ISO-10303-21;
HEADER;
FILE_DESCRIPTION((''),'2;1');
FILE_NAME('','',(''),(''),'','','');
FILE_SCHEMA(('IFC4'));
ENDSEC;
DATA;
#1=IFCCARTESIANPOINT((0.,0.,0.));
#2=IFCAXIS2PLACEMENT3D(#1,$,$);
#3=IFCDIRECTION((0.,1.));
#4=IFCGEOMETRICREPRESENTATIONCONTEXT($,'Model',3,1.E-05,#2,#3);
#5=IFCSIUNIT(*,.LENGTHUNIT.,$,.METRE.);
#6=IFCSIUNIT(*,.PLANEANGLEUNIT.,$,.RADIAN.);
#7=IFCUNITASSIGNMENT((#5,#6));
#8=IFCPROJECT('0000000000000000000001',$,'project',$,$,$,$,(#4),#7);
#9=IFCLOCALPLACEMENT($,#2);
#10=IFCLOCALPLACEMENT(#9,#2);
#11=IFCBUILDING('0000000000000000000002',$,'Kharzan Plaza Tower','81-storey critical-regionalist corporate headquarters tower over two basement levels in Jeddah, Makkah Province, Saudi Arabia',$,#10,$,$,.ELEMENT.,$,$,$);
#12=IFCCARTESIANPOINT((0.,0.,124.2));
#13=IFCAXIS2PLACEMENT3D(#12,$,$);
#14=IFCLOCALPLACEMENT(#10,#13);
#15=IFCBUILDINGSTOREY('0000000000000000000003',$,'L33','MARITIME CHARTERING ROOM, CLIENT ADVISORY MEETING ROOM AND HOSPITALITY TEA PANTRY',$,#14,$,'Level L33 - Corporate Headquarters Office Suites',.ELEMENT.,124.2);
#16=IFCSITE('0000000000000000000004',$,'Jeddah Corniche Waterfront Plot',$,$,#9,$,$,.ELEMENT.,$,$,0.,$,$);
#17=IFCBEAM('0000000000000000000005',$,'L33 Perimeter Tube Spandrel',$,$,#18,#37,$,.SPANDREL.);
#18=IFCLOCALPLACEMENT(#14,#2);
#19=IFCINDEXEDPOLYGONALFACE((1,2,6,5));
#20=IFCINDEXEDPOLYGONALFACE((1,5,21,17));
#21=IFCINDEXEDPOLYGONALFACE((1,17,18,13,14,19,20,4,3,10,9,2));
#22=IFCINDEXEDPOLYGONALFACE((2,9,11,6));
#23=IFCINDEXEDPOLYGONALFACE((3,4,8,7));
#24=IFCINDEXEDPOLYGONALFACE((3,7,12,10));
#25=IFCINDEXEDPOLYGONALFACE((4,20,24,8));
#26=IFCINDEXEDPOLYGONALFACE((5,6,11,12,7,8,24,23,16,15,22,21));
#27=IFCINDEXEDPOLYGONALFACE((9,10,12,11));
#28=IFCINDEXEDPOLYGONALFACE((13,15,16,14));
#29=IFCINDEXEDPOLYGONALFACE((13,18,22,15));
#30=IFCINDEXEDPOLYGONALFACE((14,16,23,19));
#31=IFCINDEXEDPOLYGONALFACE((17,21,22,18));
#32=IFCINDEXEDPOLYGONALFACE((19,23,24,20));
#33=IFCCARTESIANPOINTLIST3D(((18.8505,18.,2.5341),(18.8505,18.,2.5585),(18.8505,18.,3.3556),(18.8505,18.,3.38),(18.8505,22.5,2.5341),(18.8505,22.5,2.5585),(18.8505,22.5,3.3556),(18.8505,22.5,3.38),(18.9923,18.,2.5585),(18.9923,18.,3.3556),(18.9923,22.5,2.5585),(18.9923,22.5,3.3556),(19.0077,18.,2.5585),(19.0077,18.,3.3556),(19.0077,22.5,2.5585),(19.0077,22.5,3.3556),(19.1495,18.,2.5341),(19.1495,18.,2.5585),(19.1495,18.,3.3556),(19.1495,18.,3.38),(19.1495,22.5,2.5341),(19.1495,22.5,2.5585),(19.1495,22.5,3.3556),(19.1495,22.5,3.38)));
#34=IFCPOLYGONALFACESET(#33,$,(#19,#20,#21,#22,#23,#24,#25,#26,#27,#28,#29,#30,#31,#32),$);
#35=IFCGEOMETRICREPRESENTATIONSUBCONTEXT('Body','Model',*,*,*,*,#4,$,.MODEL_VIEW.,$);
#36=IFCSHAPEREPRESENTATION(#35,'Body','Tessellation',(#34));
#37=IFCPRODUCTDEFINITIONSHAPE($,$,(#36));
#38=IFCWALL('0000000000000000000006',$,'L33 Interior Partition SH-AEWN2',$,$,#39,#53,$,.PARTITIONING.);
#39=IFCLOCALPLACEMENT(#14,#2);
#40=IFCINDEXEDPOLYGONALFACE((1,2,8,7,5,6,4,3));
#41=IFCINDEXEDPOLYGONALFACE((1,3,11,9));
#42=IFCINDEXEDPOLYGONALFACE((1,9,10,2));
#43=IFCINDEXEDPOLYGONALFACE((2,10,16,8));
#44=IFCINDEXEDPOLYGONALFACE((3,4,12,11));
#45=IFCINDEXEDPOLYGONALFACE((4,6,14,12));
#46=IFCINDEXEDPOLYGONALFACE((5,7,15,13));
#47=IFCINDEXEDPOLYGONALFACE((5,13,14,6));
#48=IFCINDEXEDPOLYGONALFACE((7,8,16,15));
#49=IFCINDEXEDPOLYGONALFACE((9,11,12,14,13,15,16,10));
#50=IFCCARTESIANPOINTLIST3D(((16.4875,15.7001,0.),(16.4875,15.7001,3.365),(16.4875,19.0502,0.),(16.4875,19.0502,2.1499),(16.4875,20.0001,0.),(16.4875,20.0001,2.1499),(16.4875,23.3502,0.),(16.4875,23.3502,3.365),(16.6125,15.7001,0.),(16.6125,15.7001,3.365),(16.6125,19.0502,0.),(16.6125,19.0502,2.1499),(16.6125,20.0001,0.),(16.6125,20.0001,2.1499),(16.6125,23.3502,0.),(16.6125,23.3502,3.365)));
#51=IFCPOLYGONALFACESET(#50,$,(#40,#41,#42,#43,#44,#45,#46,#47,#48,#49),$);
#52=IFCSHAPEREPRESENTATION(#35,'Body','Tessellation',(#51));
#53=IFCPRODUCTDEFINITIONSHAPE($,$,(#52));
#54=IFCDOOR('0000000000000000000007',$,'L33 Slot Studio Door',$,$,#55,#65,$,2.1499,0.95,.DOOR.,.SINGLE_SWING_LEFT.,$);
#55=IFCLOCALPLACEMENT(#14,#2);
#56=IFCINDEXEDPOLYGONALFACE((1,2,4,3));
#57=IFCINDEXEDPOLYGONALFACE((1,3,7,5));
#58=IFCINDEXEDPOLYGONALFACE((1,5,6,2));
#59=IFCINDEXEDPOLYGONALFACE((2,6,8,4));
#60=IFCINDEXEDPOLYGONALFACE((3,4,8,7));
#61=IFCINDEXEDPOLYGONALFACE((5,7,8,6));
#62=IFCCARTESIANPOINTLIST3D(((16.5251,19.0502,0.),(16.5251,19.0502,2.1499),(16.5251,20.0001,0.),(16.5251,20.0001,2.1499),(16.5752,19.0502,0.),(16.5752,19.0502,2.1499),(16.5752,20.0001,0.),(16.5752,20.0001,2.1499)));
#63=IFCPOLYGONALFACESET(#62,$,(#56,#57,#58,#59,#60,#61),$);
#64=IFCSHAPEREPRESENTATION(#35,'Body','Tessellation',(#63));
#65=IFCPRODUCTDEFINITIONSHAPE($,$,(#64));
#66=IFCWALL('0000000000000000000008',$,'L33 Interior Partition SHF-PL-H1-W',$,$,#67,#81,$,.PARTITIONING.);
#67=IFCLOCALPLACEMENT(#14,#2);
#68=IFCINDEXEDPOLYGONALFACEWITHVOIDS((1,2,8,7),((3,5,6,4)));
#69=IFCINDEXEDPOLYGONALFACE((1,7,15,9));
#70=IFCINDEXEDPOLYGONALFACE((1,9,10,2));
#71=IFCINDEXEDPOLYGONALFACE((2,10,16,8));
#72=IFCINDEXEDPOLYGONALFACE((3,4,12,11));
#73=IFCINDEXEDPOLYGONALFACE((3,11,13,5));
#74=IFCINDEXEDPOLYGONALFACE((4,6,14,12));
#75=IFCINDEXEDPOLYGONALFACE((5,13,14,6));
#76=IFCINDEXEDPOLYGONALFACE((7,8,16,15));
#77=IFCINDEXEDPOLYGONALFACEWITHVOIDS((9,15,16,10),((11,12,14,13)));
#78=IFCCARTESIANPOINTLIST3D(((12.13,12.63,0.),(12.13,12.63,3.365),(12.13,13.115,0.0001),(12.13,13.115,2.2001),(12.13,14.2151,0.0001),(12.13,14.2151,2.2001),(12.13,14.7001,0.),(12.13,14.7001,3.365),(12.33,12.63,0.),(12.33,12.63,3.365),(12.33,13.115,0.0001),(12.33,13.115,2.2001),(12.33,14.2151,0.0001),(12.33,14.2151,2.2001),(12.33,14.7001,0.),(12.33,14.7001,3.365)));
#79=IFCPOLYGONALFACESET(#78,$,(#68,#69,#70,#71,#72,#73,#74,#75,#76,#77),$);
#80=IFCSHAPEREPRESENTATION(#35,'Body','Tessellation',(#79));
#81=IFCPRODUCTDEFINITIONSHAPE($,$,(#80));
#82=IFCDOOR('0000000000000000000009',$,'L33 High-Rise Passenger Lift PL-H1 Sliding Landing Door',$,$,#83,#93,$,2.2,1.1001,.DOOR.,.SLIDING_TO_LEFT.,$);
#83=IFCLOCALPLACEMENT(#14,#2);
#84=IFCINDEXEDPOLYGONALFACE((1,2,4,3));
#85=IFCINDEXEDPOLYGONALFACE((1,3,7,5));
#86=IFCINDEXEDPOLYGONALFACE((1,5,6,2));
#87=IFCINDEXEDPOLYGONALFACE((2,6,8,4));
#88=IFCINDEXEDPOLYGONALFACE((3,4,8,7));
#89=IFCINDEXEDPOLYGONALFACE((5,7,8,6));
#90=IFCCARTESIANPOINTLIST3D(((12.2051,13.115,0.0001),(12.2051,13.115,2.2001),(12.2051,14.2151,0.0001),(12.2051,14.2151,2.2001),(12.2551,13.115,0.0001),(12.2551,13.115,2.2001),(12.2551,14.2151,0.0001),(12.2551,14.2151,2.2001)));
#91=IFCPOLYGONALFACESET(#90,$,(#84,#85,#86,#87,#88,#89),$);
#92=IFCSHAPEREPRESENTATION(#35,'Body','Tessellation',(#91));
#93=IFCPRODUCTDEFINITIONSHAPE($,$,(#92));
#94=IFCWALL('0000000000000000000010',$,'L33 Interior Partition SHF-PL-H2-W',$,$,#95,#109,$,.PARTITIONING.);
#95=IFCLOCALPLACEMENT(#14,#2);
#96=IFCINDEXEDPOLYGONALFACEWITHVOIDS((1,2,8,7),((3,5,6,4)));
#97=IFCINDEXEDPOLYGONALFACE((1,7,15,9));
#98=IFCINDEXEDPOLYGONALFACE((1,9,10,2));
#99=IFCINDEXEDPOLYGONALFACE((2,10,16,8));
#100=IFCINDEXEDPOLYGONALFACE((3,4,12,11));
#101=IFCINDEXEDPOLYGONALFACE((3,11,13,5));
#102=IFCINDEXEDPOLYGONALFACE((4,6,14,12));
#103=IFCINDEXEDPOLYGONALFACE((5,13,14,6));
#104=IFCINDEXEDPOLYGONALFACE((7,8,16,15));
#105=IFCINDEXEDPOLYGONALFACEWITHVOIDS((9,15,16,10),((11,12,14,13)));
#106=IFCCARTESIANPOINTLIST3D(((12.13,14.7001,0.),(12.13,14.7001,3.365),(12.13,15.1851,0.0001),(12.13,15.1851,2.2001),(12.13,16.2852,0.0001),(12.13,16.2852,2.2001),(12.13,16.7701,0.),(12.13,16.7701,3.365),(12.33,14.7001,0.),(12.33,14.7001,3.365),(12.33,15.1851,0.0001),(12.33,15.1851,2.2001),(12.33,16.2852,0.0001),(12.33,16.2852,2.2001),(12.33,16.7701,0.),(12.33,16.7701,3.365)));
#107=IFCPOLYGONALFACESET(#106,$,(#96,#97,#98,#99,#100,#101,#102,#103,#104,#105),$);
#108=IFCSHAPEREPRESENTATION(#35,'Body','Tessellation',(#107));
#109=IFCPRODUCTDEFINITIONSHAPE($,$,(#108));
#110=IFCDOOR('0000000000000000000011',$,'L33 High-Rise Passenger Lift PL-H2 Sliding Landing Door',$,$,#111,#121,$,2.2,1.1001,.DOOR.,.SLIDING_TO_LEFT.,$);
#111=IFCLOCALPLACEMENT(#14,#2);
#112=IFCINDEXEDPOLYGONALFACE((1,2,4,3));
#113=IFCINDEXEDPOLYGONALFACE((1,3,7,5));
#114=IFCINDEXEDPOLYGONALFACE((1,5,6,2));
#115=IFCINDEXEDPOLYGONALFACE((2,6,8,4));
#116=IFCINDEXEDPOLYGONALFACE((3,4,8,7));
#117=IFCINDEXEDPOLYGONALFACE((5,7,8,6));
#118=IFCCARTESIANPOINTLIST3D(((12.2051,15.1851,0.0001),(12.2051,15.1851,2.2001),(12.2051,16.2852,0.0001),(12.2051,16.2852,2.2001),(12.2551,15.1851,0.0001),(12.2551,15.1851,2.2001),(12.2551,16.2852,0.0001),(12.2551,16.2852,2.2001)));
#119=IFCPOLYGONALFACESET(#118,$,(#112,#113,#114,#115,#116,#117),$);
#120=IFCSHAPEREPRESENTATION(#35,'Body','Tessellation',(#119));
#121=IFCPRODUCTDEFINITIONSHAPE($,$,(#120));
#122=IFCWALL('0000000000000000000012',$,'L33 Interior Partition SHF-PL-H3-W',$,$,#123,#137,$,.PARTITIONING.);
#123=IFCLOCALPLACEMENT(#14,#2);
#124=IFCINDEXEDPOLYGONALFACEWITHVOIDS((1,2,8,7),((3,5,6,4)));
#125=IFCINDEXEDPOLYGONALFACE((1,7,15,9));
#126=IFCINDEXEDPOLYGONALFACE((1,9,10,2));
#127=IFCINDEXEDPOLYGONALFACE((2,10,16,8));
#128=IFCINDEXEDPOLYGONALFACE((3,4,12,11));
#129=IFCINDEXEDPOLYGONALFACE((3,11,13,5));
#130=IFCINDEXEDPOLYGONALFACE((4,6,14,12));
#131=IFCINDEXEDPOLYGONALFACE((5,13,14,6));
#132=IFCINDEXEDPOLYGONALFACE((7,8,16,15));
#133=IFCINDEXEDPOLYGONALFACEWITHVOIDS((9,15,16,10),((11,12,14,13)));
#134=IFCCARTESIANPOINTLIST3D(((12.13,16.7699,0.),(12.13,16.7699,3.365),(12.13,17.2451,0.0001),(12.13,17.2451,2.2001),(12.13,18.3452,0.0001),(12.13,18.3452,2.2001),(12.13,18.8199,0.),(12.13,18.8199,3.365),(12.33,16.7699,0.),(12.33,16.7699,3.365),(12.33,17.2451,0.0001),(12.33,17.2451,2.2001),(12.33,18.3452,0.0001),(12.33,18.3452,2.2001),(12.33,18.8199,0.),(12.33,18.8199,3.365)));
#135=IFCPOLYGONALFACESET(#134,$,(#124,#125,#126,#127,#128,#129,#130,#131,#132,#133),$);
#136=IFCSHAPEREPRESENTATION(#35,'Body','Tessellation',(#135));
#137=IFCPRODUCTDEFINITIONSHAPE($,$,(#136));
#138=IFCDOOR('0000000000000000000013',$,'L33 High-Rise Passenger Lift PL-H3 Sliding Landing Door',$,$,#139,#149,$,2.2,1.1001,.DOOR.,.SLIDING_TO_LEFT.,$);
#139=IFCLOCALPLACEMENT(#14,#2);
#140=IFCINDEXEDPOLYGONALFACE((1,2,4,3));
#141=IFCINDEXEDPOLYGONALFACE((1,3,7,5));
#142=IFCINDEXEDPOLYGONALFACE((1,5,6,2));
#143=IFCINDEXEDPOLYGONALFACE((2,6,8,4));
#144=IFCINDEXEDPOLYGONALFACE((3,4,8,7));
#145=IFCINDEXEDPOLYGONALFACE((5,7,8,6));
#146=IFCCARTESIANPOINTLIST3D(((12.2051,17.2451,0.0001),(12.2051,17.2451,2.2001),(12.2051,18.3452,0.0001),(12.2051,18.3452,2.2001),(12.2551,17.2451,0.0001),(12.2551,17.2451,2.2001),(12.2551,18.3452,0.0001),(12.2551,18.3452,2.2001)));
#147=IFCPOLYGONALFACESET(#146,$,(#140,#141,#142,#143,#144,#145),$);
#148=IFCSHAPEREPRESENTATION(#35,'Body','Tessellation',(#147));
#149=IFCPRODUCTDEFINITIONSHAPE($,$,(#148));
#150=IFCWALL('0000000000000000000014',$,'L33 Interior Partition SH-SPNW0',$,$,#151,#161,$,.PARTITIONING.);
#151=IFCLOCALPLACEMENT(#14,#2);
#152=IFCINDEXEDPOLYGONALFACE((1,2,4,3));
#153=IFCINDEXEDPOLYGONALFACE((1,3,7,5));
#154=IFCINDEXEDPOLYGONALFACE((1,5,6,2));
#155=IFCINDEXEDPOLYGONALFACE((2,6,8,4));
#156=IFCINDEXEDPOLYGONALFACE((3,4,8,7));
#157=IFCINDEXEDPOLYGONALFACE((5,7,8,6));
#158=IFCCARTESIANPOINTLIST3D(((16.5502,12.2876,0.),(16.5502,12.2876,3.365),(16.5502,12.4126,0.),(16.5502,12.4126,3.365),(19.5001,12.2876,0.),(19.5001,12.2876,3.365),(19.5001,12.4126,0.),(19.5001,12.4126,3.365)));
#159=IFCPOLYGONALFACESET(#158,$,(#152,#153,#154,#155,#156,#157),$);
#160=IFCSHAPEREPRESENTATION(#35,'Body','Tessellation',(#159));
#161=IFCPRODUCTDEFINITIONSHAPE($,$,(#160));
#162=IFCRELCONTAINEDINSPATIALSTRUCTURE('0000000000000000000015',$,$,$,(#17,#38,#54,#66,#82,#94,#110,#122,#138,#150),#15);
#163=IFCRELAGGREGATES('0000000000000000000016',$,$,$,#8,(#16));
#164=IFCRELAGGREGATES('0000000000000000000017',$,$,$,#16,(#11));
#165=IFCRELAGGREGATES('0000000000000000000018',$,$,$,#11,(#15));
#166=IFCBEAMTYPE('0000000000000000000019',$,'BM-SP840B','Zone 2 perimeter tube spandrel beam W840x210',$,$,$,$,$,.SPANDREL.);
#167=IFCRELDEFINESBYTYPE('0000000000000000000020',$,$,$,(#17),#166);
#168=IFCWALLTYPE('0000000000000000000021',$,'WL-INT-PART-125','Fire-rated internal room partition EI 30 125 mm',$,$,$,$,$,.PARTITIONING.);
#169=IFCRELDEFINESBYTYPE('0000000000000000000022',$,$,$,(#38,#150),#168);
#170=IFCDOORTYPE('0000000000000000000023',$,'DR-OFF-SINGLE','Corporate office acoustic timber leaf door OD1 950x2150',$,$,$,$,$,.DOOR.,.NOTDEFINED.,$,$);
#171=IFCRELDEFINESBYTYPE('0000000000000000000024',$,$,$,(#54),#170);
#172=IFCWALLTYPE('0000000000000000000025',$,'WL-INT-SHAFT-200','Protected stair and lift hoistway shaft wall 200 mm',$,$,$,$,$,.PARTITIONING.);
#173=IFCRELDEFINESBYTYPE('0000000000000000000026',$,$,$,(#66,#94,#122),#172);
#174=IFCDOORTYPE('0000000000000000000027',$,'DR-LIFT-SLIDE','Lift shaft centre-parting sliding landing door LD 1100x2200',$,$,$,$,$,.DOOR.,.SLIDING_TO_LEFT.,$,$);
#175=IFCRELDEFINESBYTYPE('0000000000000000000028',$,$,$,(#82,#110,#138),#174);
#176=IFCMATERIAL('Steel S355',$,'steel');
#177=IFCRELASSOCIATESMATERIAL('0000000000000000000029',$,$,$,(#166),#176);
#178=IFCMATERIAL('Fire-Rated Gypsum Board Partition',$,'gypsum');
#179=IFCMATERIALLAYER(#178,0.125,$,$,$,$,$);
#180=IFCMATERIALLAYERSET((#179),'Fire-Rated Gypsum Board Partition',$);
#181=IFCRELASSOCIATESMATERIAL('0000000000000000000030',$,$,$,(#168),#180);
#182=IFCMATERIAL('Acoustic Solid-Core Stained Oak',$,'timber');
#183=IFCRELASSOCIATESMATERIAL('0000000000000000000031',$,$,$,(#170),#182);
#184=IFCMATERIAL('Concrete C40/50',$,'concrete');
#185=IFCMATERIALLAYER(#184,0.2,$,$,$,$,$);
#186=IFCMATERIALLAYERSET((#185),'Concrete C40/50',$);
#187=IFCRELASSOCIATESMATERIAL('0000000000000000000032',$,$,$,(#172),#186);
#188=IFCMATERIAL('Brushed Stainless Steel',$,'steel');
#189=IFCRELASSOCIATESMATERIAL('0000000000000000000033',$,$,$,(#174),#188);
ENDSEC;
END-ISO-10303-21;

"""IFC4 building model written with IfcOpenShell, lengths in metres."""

from ifc_helpers import new_model, si_unit, direction, frame, frame_2d, origin, origin_2d, place, context, subcontext, project, spatial, rectangle, i_section, extrude, source, transform, mapped, material, layer, layer_set, material_profile, profile_set, type_object, element, fill, save


model = new_model("IFC4")

# Units and contexts
model_context = context("Model", 3, precision=1e-05, world=origin(), true_north=direction((0.0, 1.0)))
body_context = subcontext(model_context, "Body", "Model", "MODEL_VIEW")
ifc_project = project(units=[si_unit("LENGTHUNIT", "METRE"), si_unit("PLANEANGLEUNIT", "RADIAN")], contexts=[model_context])

# Site, building, storey
site_placement = place(None, origin())
site = spatial("IfcSite", under=ifc_project, at=site_placement, Name="Jeddah Corniche Waterfront Plot", CompositionType="ELEMENT", RefElevation=0.0)
building_placement = place(site_placement, origin())
building = spatial("IfcBuilding", under=site, at=building_placement, Name="Kharzan Plaza Tower", Description="81-storey critical-regionalist corporate headquarters tower over two basement levels in Jeddah, Makkah Province, Saudi Arabia", CompositionType="ELEMENT")
storey_placement = place(building_placement, frame((0.0, 0.0, 124.2)))
storey = spatial("IfcBuildingStorey", under=building, at=storey_placement, Name="L33", Description="MARITIME CHARTERING ROOM, CLIENT ADVISORY MEETING ROOM AND HOSPITALITY TEA PANTRY", LongName="Level L33 - Corporate Headquarters Office Suites", CompositionType="ELEMENT", Elevation=124.2)

# Beam
ifc_material_1 = material(Name="Steel S355", Category="steel")
ifc_material_profile_1 = material_profile(ifc_material_1, i_section(OverallWidth=0.2991, OverallDepth=0.8459, WebThickness=0.0154, FlangeThickness=0.0244, at=origin_2d()), Name="W840x210")
ifc_profile_set_1 = profile_set([ifc_material_profile_1], Name="Steel S355")
beam_type_1 = type_object("IfcBeamType", Name="BM-SP840B", Description="Zone 2 perimeter tube spandrel beam W840x210", PredefinedType="SPANDREL", material=ifc_profile_set_1)
shared_shape_1 = source(origin(), body_context, "Body", "SweptSolid", [
    extrude(i_section(OverallWidth=0.2991, OverallDepth=0.8459, WebThickness=0.0154, FlangeThickness=0.0244, at=origin_2d()), origin(), (0.0, 0.0, 1.0), 4.5),
])
beam_1_placement = place(storey_placement, frame((19.0, 18.0, 2.957), z_axis=(0.0, 1.0, 0.0), x_axis=(-1.0, 0.0, 0.0)))
element("IfcBeam", 1, at=beam_1_placement, inside=storey, type_object=beam_type_1, Name="L33 Perimeter Tube Spandrel", PredefinedType="SPANDREL", context=body_context, shape_type="MappedRepresentation", body=[
    mapped(shared_shape_1, transform((0.0, 0.0, 0.0), x_axis=(1.0, 0.0, 0.0), y_axis=(0.0, 1.0, 0.0), z_axis=(0.0, 0.0, 1.0))),
])

# Walls, openings, doors
ifc_material_2 = material(Name="Fire-Rated Gypsum Board Partition", Category="gypsum")
ifc_layer_1 = layer(ifc_material_2, 0.125)
ifc_layer_set_1 = layer_set([ifc_layer_1], Name="Fire-Rated Gypsum Board Partition")
wall_type_1 = type_object("IfcWallType", Name="WL-INT-PART-125", Description="Fire-rated internal room partition EI 30 125 mm", PredefinedType="PARTITIONING", material=ifc_layer_set_1)
ifc_material_3 = material(Name="Acoustic Solid-Core Stained Oak", Category="timber")
door_type_1 = type_object("IfcDoorType", Name="DR-OFF-SINGLE", Description="Corporate office acoustic timber leaf door OD1 950x2150", OperationType="NOTDEFINED", PredefinedType="DOOR", material=ifc_material_3)
shared_shape_2 = source(origin(), body_context, "Body", "SweptSolid", [
    extrude(rectangle(XDim=0.95, YDim=2.1499, at=frame_2d((0.4751, 1.075))), frame((0.0, 0.0249, 0.0), z_axis=(0.0, -1.0, 0.0), x_axis=(1.0, 0.0, 0.0)), (0.0, 0.0, 1.0), 0.05),
])
wall_1_placement = place(storey_placement, frame((16.55, 15.7, 0.0), z_axis=(0.0, 0.0, 1.0), x_axis=(0.0, 1.0, 0.0)))
wall_1 = element("IfcWall", 2, at=wall_1_placement, inside=storey, type_object=wall_type_1, Name="L33 Interior Partition SH-AEWN2", PredefinedType="PARTITIONING", context=body_context, shape_type="SweptSolid", body=[
    extrude(rectangle(XDim=7.6501, YDim=0.125, at=frame_2d((3.8252, 0.0))), origin(), (0.0, 0.0, 1.0), 3.365),
])
opening_1_placement = place(wall_1_placement, frame((3.3501, 0.0, 0.0)))
opening_1 = element("IfcOpeningElement", 3, at=opening_1_placement, cuts=wall_1, PredefinedType="OPENING", context=body_context, shape_type="SweptSolid", body=[
    extrude(rectangle(XDim=0.95, YDim=2.1499, at=frame_2d((0.4751, 1.075))), frame((0.0, 0.0725, 0.0), z_axis=(0.0, -1.0, 0.0), x_axis=(1.0, 0.0, 0.0)), (0.0, 0.0, 1.0), 0.145),
])
door_1_placement = place(opening_1_placement, origin())
door_1 = element("IfcDoor", 4, at=door_1_placement, inside=storey, type_object=door_type_1, Name="L33 Slot Studio Door", OperationType="SINGLE_SWING_LEFT", OverallHeight=2.1499, OverallWidth=0.95, PredefinedType="DOOR", context=body_context, shape_type="MappedRepresentation", body=[
    mapped(shared_shape_2, transform((0.0, 0.0, 0.0), x_axis=(1.0, 0.0, 0.0), y_axis=(0.0, 1.0, 0.0), z_axis=(0.0, 0.0, 1.0))),
])
fill(opening_1, door_1)
ifc_material_4 = material(Name="Concrete C40/50", Category="concrete")
ifc_layer_2 = layer(ifc_material_4, 0.2)
ifc_layer_set_2 = layer_set([ifc_layer_2], Name="Concrete C40/50")
wall_type_2 = type_object("IfcWallType", Name="WL-INT-SHAFT-200", Description="Protected stair and lift hoistway shaft wall 200 mm", PredefinedType="PARTITIONING", material=ifc_layer_set_2)
wall_2_placement = place(storey_placement, frame((12.23, 12.6299, 0.0), z_axis=(0.0, 0.0, 1.0), x_axis=(0.0, 1.0, 0.0)))
wall_2 = element("IfcWall", 5, at=wall_2_placement, inside=storey, type_object=wall_type_2, Name="L33 Interior Partition SHF-PL-H1-W", PredefinedType="PARTITIONING", context=body_context, shape_type="SweptSolid", body=[
    extrude(rectangle(XDim=2.0701, YDim=0.2, at=frame_2d((1.0352, 0.0))), origin(), (0.0, 0.0, 1.0), 3.365),
])
opening_2_placement = place(wall_2_placement, frame((0.4851, 0.0, 0.0)))
opening_2 = element("IfcOpeningElement", 6, at=opening_2_placement, cuts=wall_2, PredefinedType="OPENING", context=body_context, shape_type="SweptSolid", body=[
    extrude(rectangle(XDim=1.1001, YDim=2.2, at=frame_2d((0.55, 1.1001))), frame((0.0, 0.1099, 0.0), z_axis=(0.0, -1.0, 0.0), x_axis=(1.0, 0.0, 0.0)), (0.0, 0.0, 1.0), 0.22),
])
ifc_material_5 = material(Name="Brushed Stainless Steel", Category="steel")
door_type_2 = type_object("IfcDoorType", Name="DR-LIFT-SLIDE", Description="Lift shaft centre-parting sliding landing door LD 1100x2200", OperationType="SLIDING_TO_LEFT", PredefinedType="DOOR", material=ifc_material_5)
shared_shape_3 = source(origin(), body_context, "Body", "SweptSolid", [
    extrude(rectangle(XDim=1.1001, YDim=2.2, at=frame_2d((0.55, 1.1001))), frame((0.0, 0.0249, 0.0), z_axis=(0.0, -1.0, 0.0), x_axis=(1.0, 0.0, 0.0)), (0.0, 0.0, 1.0), 0.05),
])
door_2_placement = place(opening_2_placement, origin())
door_2 = element("IfcDoor", 7, at=door_2_placement, inside=storey, type_object=door_type_2, Name="L33 High-Rise Passenger Lift PL-H1 Sliding Landing Door", OperationType="SLIDING_TO_LEFT", OverallHeight=2.2, OverallWidth=1.1001, PredefinedType="DOOR", context=body_context, shape_type="MappedRepresentation", body=[
    mapped(shared_shape_3, transform((0.0, 0.0, 0.0), x_axis=(1.0, 0.0, 0.0), y_axis=(0.0, 1.0, 0.0), z_axis=(0.0, 0.0, 1.0))),
])
fill(opening_2, door_2)
wall_3_placement = place(storey_placement, frame((12.23, 14.7, 0.0), z_axis=(0.0, 0.0, 1.0), x_axis=(0.0, 1.0, 0.0)))
wall_3 = element("IfcWall", 8, at=wall_3_placement, inside=storey, type_object=wall_type_2, Name="L33 Interior Partition SHF-PL-H2-W", PredefinedType="PARTITIONING", context=body_context, shape_type="SweptSolid", body=[
    extrude(rectangle(XDim=2.0701, YDim=0.2, at=frame_2d((1.0352, 0.0))), origin(), (0.0, 0.0, 1.0), 3.365),
])
opening_3_placement = place(wall_3_placement, frame((0.4851, 0.0, 0.0)))
opening_3 = element("IfcOpeningElement", 9, at=opening_3_placement, cuts=wall_3, PredefinedType="OPENING", context=body_context, shape_type="SweptSolid", body=[
    extrude(rectangle(XDim=1.1001, YDim=2.2, at=frame_2d((0.55, 1.1001))), frame((0.0, 0.1099, 0.0), z_axis=(0.0, -1.0, 0.0), x_axis=(1.0, 0.0, 0.0)), (0.0, 0.0, 1.0), 0.22),
])
door_3_placement = place(opening_3_placement, origin())
door_3 = element("IfcDoor", 10, at=door_3_placement, inside=storey, type_object=door_type_2, Name="L33 High-Rise Passenger Lift PL-H2 Sliding Landing Door", OperationType="SLIDING_TO_LEFT", OverallHeight=2.2, OverallWidth=1.1001, PredefinedType="DOOR", context=body_context, shape_type="MappedRepresentation", body=[
    mapped(shared_shape_3, transform((0.0, 0.0, 0.0), x_axis=(1.0, 0.0, 0.0), y_axis=(0.0, 1.0, 0.0), z_axis=(0.0, 0.0, 1.0))),
])
fill(opening_3, door_3)
wall_4_placement = place(storey_placement, frame((12.23, 16.77, 0.0), z_axis=(0.0, 0.0, 1.0), x_axis=(0.0, 1.0, 0.0)))
wall_4 = element("IfcWall", 11, at=wall_4_placement, inside=storey, type_object=wall_type_2, Name="L33 Interior Partition SHF-PL-H3-W", PredefinedType="PARTITIONING", context=body_context, shape_type="SweptSolid", body=[
    extrude(rectangle(XDim=2.05, YDim=0.2, at=frame_2d((1.0249, 0.0))), origin(), (0.0, 0.0, 1.0), 3.365),
])
opening_4_placement = place(wall_4_placement, frame((0.4751, 0.0, 0.0)))
opening_4 = element("IfcOpeningElement", 12, at=opening_4_placement, cuts=wall_4, PredefinedType="OPENING", context=body_context, shape_type="SweptSolid", body=[
    extrude(rectangle(XDim=1.1001, YDim=2.2, at=frame_2d((0.55, 1.1001))), frame((0.0, 0.1099, 0.0), z_axis=(0.0, -1.0, 0.0), x_axis=(1.0, 0.0, 0.0)), (0.0, 0.0, 1.0), 0.22),
])
door_4_placement = place(opening_4_placement, origin())
door_4 = element("IfcDoor", 13, at=door_4_placement, inside=storey, type_object=door_type_2, Name="L33 High-Rise Passenger Lift PL-H3 Sliding Landing Door", OperationType="SLIDING_TO_LEFT", OverallHeight=2.2, OverallWidth=1.1001, PredefinedType="DOOR", context=body_context, shape_type="MappedRepresentation", body=[
    mapped(shared_shape_3, transform((0.0, 0.0, 0.0), x_axis=(1.0, 0.0, 0.0), y_axis=(0.0, 1.0, 0.0), z_axis=(0.0, 0.0, 1.0))),
])
fill(opening_4, door_4)

# Wall
shared_shape_4 = source(origin(), body_context, "Body", "SweptSolid", [
    extrude(rectangle(XDim=2.95, YDim=0.125, at=frame_2d((1.4751, 0.0))), origin(), (0.0, 0.0, 1.0), 3.365),
])
wall_5_placement = place(storey_placement, frame((16.55, 12.3501, 0.0), z_axis=(0.0, 0.0, 1.0), x_axis=(1.0, 0.0, 0.0)))
element("IfcWall", 14, at=wall_5_placement, inside=storey, type_object=wall_type_1, Name="L33 Interior Partition SH-SPNW0", PredefinedType="PARTITIONING", context=body_context, shape_type="MappedRepresentation", body=[
    mapped(shared_shape_4, transform((0.0, 0.0, 0.0), x_axis=(1.0, 0.0, 0.0), y_axis=(0.0, 1.0, 0.0), z_axis=(0.0, 0.0, 1.0))),
])

save(model, "model.ifc")
